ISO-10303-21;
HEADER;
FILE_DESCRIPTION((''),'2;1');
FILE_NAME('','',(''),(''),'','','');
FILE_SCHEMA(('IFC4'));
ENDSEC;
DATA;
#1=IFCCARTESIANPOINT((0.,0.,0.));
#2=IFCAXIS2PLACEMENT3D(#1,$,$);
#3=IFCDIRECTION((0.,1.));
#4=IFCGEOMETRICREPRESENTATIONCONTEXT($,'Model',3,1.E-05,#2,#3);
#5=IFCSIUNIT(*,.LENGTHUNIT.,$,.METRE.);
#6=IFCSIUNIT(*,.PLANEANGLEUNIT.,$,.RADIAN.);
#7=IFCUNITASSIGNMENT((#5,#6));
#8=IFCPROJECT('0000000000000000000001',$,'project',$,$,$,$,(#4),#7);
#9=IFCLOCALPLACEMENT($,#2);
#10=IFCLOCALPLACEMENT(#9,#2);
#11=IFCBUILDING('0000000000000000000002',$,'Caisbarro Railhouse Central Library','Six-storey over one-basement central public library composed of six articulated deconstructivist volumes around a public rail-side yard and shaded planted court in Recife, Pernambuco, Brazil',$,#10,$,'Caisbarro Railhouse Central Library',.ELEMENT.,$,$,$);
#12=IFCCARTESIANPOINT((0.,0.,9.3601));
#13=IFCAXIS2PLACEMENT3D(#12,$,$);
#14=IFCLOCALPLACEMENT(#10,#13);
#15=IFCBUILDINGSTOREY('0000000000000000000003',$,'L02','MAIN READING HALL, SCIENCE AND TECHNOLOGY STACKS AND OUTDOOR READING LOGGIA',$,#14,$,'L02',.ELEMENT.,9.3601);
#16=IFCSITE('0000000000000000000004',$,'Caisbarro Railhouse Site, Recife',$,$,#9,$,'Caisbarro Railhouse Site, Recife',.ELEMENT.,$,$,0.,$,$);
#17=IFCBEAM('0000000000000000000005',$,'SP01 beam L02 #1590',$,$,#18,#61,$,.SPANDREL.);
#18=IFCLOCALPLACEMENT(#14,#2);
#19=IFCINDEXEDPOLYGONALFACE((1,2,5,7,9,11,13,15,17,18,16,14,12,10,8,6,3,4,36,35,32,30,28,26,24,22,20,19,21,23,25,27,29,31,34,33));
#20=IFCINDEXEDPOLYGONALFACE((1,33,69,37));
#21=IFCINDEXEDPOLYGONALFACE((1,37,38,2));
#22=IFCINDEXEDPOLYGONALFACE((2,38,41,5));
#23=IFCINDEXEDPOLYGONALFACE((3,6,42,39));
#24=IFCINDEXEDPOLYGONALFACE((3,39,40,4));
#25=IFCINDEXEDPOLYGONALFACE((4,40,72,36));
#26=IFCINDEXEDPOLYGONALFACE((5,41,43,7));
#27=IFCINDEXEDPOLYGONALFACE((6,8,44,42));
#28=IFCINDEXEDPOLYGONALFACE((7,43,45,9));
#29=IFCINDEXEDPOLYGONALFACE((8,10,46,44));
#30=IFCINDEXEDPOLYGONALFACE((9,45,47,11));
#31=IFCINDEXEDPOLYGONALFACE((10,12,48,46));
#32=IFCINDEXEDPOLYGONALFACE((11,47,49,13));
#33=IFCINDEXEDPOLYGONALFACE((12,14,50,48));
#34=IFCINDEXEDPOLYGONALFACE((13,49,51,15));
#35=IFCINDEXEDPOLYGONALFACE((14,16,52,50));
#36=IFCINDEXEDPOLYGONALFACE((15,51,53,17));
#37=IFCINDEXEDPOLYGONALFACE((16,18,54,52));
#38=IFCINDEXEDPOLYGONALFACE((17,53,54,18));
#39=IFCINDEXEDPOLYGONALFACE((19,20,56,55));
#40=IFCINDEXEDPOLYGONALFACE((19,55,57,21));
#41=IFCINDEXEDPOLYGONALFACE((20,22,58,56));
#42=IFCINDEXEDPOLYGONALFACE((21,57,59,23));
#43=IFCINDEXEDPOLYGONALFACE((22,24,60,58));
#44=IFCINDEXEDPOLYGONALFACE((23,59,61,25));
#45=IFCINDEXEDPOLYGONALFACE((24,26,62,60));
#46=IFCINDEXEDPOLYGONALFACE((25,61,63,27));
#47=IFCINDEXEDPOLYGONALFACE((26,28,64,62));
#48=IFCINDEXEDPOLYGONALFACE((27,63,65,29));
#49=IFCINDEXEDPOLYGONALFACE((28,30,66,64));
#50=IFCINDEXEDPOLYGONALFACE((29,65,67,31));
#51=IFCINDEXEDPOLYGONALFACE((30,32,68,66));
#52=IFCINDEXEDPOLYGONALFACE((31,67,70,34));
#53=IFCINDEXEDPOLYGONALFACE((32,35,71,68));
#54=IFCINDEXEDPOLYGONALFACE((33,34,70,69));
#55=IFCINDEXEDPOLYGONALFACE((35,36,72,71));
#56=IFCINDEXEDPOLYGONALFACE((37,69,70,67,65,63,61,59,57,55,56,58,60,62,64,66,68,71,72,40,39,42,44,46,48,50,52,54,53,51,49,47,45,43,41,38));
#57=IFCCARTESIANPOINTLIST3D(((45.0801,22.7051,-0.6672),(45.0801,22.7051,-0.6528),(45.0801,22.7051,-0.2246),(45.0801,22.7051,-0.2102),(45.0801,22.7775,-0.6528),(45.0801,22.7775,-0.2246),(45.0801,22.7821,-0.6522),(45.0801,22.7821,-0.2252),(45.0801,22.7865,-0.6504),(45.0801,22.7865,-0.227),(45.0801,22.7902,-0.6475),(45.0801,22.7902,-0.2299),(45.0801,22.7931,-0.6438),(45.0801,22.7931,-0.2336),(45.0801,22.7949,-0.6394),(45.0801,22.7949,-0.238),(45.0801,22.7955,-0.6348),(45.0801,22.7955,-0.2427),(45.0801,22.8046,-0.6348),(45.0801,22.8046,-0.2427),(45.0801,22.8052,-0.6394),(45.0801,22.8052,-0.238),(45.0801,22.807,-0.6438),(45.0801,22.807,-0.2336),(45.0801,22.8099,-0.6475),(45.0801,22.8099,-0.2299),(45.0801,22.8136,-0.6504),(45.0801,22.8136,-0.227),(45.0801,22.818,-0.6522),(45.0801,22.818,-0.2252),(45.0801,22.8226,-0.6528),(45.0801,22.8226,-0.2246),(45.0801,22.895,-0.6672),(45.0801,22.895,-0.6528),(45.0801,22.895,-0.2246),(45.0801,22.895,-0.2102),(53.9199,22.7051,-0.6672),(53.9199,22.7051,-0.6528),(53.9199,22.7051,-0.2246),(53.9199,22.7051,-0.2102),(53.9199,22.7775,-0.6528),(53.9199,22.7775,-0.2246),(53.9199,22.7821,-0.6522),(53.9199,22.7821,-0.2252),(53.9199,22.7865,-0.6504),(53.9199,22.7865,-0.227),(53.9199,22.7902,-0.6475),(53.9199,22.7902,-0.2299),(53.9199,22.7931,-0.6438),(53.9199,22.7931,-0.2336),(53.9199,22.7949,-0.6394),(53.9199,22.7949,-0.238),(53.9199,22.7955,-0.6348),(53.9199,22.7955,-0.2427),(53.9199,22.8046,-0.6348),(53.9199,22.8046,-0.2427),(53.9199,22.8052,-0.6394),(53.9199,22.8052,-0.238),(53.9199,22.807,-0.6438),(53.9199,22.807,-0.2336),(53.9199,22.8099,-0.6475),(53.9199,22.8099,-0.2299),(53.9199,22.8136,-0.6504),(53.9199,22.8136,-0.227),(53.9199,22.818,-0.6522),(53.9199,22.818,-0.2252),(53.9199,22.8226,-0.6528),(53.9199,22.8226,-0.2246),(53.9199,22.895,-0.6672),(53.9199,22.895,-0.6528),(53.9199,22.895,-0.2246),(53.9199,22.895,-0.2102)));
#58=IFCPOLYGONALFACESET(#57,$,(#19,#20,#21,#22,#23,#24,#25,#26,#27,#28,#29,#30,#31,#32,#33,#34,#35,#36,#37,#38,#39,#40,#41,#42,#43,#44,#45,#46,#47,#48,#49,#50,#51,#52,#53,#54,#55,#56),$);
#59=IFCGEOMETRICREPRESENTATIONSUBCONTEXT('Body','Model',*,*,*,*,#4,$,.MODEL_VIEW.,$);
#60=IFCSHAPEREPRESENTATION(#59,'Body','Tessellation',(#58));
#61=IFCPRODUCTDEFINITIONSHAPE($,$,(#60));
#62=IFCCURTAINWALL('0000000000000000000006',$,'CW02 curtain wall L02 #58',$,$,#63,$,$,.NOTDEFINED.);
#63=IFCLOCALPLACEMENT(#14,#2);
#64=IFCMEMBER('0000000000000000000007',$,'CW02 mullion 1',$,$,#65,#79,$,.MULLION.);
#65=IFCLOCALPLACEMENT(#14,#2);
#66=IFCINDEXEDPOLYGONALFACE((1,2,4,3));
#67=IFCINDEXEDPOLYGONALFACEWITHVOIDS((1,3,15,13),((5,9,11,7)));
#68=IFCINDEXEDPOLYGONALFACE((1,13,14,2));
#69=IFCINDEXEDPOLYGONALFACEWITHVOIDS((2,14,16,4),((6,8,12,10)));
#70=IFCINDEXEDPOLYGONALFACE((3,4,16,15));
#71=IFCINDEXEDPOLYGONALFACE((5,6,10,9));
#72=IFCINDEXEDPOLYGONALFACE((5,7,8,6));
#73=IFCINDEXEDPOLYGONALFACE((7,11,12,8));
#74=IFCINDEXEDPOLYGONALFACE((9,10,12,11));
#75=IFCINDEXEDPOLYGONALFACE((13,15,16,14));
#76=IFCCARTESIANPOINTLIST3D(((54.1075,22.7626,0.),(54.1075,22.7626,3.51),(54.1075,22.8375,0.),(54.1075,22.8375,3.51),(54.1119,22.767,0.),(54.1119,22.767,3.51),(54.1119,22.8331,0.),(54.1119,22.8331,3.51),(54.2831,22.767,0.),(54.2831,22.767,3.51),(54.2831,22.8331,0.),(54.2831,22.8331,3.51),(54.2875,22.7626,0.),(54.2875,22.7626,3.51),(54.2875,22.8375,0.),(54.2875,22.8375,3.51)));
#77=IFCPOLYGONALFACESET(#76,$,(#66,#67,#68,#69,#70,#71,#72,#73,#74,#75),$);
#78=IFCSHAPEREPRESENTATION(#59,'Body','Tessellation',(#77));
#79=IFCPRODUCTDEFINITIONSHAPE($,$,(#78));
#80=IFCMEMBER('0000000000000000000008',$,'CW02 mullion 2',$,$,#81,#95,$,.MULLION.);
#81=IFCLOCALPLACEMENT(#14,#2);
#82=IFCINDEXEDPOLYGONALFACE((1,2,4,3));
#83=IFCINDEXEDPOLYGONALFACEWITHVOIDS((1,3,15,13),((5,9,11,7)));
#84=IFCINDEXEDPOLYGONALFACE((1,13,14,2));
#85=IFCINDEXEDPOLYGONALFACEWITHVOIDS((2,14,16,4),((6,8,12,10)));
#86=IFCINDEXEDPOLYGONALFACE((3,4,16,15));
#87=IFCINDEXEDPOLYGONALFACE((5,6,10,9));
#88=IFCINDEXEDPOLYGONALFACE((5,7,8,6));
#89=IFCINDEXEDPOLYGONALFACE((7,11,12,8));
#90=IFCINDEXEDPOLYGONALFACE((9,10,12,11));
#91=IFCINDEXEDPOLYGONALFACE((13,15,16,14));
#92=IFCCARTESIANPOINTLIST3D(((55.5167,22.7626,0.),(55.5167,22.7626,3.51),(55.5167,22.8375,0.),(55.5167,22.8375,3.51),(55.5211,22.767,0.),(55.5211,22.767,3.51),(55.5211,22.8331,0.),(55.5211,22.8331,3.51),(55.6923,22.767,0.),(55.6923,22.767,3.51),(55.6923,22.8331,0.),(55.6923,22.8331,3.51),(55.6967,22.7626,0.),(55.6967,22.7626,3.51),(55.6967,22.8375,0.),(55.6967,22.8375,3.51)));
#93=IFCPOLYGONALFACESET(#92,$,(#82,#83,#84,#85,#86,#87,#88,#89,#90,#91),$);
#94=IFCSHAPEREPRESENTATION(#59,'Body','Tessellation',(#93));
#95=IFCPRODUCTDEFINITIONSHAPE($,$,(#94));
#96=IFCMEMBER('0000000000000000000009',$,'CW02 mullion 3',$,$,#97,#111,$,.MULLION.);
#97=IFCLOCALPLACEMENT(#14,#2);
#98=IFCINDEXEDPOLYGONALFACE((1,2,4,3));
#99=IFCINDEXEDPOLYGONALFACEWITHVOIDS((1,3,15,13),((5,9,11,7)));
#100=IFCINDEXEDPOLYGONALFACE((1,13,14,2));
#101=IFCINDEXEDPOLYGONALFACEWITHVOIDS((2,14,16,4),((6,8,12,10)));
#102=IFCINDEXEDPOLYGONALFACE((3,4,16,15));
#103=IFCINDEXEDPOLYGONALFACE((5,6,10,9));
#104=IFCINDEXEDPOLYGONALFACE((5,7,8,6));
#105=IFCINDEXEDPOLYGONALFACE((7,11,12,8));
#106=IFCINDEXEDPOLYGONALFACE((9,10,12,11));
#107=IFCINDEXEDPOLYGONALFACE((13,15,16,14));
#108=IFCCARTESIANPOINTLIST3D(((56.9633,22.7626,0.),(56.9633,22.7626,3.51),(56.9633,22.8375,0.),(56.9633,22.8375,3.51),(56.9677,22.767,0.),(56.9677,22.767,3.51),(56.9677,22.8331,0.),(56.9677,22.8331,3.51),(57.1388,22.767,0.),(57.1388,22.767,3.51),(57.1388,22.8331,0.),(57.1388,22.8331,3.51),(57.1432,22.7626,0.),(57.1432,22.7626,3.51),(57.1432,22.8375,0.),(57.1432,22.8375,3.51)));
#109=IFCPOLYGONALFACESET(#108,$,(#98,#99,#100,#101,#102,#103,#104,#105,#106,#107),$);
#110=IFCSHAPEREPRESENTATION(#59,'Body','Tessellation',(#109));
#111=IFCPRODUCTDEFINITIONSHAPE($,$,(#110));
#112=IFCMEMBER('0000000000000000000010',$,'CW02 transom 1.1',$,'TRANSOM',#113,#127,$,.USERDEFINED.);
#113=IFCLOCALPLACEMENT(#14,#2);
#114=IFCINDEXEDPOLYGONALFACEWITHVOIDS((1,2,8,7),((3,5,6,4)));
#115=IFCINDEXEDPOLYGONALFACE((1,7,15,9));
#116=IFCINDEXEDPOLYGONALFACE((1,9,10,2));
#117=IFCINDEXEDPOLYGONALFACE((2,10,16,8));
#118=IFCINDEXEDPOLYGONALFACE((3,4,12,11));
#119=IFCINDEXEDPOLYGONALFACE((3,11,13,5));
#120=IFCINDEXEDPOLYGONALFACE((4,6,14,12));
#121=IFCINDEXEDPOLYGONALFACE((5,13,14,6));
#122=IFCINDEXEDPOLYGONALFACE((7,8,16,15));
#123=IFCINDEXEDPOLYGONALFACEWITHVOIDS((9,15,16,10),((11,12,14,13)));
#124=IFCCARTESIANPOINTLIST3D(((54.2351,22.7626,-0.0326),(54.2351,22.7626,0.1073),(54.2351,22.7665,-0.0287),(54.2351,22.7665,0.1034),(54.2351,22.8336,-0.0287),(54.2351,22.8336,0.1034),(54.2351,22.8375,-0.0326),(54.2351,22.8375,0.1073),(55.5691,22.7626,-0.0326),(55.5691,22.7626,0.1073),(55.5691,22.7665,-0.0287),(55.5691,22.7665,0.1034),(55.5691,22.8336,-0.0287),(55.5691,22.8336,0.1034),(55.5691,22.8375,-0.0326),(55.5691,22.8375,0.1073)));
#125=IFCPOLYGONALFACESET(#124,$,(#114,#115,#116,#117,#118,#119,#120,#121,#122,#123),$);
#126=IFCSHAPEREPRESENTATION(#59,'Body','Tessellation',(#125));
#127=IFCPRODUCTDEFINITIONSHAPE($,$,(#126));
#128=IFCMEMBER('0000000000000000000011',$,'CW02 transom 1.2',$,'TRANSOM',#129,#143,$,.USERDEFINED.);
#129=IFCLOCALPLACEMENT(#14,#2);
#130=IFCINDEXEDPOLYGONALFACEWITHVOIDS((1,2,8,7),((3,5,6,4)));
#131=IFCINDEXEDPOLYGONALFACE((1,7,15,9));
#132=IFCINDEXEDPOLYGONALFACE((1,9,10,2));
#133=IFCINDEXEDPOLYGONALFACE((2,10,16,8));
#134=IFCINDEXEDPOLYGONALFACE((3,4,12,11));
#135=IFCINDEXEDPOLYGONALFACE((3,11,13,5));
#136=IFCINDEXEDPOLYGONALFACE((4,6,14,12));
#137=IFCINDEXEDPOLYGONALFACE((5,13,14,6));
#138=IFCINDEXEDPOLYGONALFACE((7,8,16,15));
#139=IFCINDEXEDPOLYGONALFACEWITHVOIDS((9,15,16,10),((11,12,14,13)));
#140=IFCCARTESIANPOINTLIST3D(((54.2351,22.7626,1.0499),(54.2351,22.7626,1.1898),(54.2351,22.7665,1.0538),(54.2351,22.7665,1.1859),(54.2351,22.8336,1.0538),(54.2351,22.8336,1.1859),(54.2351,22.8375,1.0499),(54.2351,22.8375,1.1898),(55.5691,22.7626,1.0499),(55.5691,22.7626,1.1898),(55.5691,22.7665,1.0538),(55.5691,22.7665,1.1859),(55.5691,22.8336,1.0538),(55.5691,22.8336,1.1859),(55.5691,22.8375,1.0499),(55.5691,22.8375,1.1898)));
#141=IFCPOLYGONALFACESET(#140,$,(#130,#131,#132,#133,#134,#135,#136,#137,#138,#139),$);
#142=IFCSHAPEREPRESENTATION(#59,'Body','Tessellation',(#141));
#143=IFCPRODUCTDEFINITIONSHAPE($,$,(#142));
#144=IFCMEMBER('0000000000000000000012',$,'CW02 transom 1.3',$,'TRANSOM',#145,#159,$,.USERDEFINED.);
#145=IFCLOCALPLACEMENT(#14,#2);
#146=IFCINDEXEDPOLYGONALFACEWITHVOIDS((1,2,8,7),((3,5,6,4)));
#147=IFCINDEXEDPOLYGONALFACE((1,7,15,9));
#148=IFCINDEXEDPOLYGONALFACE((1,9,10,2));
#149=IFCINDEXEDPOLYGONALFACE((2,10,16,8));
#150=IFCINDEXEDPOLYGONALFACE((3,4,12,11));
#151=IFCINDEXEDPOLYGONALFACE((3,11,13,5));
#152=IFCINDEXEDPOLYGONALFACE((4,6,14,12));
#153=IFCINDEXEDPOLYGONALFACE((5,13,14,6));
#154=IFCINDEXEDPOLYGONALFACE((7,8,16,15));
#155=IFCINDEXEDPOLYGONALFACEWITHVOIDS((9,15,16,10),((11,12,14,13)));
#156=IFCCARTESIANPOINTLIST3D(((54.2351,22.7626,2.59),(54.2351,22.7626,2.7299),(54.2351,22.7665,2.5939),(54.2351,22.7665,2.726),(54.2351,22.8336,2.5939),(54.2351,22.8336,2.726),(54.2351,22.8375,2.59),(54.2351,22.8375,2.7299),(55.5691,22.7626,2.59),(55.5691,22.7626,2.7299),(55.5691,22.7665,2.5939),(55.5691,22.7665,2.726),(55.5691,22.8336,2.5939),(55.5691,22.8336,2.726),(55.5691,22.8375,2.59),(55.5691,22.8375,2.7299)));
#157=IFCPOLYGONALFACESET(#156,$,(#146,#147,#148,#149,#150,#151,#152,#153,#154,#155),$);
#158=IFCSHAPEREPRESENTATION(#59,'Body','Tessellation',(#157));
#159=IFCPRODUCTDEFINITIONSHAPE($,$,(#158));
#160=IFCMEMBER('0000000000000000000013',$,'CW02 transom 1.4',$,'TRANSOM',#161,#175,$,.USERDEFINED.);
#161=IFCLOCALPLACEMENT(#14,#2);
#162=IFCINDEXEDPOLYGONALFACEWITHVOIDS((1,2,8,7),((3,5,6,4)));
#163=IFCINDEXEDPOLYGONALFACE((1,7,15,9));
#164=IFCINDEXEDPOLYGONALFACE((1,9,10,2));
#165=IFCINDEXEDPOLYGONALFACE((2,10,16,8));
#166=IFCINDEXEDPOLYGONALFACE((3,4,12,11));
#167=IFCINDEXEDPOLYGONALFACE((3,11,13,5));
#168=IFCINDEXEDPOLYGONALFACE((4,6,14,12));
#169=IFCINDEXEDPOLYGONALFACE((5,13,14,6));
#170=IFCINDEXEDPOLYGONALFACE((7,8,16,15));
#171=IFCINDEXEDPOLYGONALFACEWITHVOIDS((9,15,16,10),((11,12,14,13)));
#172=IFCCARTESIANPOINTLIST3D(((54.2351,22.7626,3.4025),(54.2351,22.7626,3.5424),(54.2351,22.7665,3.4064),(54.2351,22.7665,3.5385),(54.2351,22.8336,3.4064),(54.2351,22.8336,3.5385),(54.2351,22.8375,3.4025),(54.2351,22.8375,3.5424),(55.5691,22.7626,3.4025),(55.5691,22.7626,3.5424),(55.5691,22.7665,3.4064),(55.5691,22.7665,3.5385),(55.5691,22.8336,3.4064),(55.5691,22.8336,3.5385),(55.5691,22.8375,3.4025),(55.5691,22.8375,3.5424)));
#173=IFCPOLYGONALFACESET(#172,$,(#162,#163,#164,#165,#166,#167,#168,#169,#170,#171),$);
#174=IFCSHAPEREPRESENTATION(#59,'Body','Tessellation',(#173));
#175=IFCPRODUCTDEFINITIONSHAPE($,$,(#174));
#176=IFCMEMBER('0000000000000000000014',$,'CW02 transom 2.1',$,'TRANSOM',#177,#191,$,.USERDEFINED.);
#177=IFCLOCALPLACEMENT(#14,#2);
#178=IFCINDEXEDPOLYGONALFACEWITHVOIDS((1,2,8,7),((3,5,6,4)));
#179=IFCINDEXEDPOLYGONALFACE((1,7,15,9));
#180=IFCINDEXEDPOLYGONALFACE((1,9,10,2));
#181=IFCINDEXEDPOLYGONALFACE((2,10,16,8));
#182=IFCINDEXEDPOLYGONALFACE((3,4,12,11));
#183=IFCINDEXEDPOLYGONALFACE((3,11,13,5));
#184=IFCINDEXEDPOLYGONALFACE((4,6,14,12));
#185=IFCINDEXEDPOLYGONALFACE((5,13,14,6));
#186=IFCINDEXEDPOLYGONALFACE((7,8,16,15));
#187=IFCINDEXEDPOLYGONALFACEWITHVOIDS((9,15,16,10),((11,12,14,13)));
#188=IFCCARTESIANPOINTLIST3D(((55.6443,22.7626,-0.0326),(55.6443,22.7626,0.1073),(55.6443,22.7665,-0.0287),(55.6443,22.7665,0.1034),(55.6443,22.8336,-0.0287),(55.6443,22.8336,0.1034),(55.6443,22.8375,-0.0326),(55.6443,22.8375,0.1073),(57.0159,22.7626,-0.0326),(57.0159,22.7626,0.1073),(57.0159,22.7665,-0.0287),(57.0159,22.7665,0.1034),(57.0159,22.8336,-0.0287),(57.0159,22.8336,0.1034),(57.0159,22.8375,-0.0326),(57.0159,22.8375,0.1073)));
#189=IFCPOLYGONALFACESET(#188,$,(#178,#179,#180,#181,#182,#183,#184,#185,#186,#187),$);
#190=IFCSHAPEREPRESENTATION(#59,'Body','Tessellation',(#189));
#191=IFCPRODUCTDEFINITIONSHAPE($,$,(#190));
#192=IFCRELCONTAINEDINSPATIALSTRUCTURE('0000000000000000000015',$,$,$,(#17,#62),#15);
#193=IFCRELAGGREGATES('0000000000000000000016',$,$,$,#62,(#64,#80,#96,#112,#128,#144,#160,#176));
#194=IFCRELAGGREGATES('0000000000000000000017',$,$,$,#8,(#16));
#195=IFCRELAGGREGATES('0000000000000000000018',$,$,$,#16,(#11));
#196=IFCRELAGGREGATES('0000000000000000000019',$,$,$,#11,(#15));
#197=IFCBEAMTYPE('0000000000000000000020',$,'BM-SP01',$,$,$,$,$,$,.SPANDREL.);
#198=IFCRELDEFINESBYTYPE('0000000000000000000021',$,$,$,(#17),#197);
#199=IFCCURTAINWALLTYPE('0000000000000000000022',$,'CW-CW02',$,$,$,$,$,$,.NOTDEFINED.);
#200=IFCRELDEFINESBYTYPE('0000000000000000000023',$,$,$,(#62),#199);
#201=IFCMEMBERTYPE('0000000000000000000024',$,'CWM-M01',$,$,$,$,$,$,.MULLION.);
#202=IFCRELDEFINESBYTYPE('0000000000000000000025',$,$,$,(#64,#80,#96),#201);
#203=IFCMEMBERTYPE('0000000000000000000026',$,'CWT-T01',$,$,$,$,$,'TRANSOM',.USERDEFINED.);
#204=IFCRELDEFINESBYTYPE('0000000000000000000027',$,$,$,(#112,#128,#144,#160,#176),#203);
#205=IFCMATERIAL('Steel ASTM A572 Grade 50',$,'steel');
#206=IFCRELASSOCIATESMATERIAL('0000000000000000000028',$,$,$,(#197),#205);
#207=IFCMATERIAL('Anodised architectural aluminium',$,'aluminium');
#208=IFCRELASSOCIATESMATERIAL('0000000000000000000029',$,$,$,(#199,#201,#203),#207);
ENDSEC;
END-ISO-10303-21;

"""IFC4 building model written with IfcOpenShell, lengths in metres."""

from ifc_helpers import new_model, si_unit, direction, frame, origin, origin_2d, place, context, subcontext, project, spatial, hollow_rectangle, i_section, extrude, material, material_profile, profile_set, type_object, element, aggregate, save


model = new_model("IFC4")

# Units and contexts
model_context = context("Model", 3, precision=1e-05, world=origin(), true_north=direction((0.0, 1.0)))
body_context = subcontext(model_context, "Body", "Model", "MODEL_VIEW")
ifc_project = project(units=[si_unit("LENGTHUNIT", "METRE"), si_unit("PLANEANGLEUNIT", "RADIAN")], contexts=[model_context])

# Site, building, storey
site_placement = place(None, origin())
site = spatial("IfcSite", under=ifc_project, at=site_placement, Name="Caisbarro Railhouse Site, Recife", LongName="Caisbarro Railhouse Site, Recife", CompositionType="ELEMENT", RefElevation=0.0)
building_placement = place(site_placement, origin())
building = spatial("IfcBuilding", under=site, at=building_placement, Name="Caisbarro Railhouse Central Library", Description="Six-storey over one-basement central public library composed of six articulated deconstructivist volumes around a public rail-side yard and shaded planted court in Recife, Pernambuco, Brazil", LongName="Caisbarro Railhouse Central Library", CompositionType="ELEMENT")
storey_placement = place(building_placement, frame((0.0, 0.0, 9.3601)))
storey = spatial("IfcBuildingStorey", under=building, at=storey_placement, Name="L02", Description="MAIN READING HALL, SCIENCE AND TECHNOLOGY STACKS AND OUTDOOR READING LOGGIA", LongName="L02", CompositionType="ELEMENT", Elevation=9.3601)

# Shared definitions
ifc_material_1 = material(Name="Steel ASTM A572 Grade 50", Category="steel")

# Beam
ifc_material_profile_1 = material_profile(ifc_material_1, i_section(OverallWidth=0.1899, OverallDepth=0.457, WebThickness=0.009, FlangeThickness=0.0144, FilletRadius=0.0181, at=origin_2d()), Name="W460X74.0")
ifc_profile_set_1 = profile_set([ifc_material_profile_1], Name="Steel ASTM A572 Grade 50")
beam_type_1 = type_object("IfcBeamType", Name="BM-SP01", PredefinedType="SPANDREL", material=ifc_profile_set_1)
for number, where, z_axis, x_axis, name in (
    (1, (45.0801, 22.8, -0.4387), (1.0, 0.0, 0.0), (0.0, 1.0, 0.0), "SP01 beam L02 #1590"),
):
    element("IfcBeam", number, at=place(storey_placement, frame(where, z_axis=z_axis, x_axis=x_axis)), inside=storey, type_object=beam_type_1, Name=name, PredefinedType="SPANDREL", context=body_context, shape_type="SweptSolid", body=[
        extrude(i_section(OverallWidth=0.1899, OverallDepth=0.457, WebThickness=0.009, FlangeThickness=0.0144, FilletRadius=0.0181, at=origin_2d()), origin(), (0.0, 0.0, 1.0), 8.8398),
    ])

# Curtain wall, members
ifc_material_2 = material(Name="Anodised architectural aluminium", Category="aluminium")
curtain_wall_type = type_object("IfcCurtainWallType", Name="CW-CW02", PredefinedType="NOTDEFINED", material=ifc_material_2)
curtain_wall_placement = place(storey_placement, origin())
curtain_wall = element("IfcCurtainWall", 2, at=curtain_wall_placement, inside=storey, type_object=curtain_wall_type, Name="CW02 curtain wall L02 #58", PredefinedType="NOTDEFINED")
ifc_material_profile_2 = material_profile(ifc_material_2, hollow_rectangle(XDim=0.075, YDim=0.1799, WallThickness=0.0044, at=origin_2d()), Name="ALU-MUL-75X180")
ifc_profile_set_2 = profile_set([ifc_material_profile_2], Name="Anodised architectural aluminium")
member_type_1 = type_object("IfcMemberType", Name="CWM-M01", PredefinedType="MULLION", material=ifc_profile_set_2)
member_1_placement = place(storey_placement, frame((54.1975, 22.8, 0.0), z_axis=(0.0, 0.0, 1.0), x_axis=(0.0, 1.0, 0.0)))
member_1 = element("IfcMember", 3, at=member_1_placement, type_object=member_type_1, Name="CW02 mullion 1", PredefinedType="MULLION", context=body_context, shape_type="SweptSolid", body=[
    extrude(hollow_rectangle(XDim=0.075, YDim=0.1799, WallThickness=0.0044, at=origin_2d()), origin(), (0.0, 0.0, 1.0), 3.51),
])
member_2_placement = place(storey_placement, frame((55.6067, 22.8, 0.0), z_axis=(0.0, 0.0, 1.0), x_axis=(0.0, 1.0, 0.0)))
member_2 = element("IfcMember", 4, at=member_2_placement, type_object=member_type_1, Name="CW02 mullion 2", PredefinedType="MULLION", context=body_context, shape_type="SweptSolid", body=[
    extrude(hollow_rectangle(XDim=0.075, YDim=0.1799, WallThickness=0.0044, at=origin_2d()), origin(), (0.0, 0.0, 1.0), 3.51),
])
member_3_placement = place(storey_placement, frame((57.0532, 22.8, 0.0), z_axis=(0.0, 0.0, 1.0), x_axis=(0.0, 1.0, 0.0)))
member_3 = element("IfcMember", 5, at=member_3_placement, type_object=member_type_1, Name="CW02 mullion 3", PredefinedType="MULLION", context=body_context, shape_type="SweptSolid", body=[
    extrude(hollow_rectangle(XDim=0.075, YDim=0.1799, WallThickness=0.0044, at=origin_2d()), origin(), (0.0, 0.0, 1.0), 3.51),
])
ifc_material_profile_3 = material_profile(ifc_material_2, hollow_rectangle(XDim=0.075, YDim=0.1399, WallThickness=0.0039, at=origin_2d()), Name="ALU-TRN-75X140")
ifc_profile_set_3 = profile_set([ifc_material_profile_3], Name="Anodised architectural aluminium")
member_type_2 = type_object("IfcMemberType", Name="CWT-T01", ElementType="TRANSOM", PredefinedType="USERDEFINED", material=ifc_profile_set_3)
member_4_placement = place(storey_placement, frame((54.2351, 22.8, 0.0374), z_axis=(1.0, 0.0, 0.0), x_axis=(0.0, 1.0, 0.0)))
member_4 = element("IfcMember", 6, at=member_4_placement, type_object=member_type_2, Name="CW02 transom 1.1", ObjectType="TRANSOM", PredefinedType="USERDEFINED", context=body_context, shape_type="SweptSolid", body=[
    extrude(hollow_rectangle(XDim=0.075, YDim=0.1399, WallThickness=0.0039, at=origin_2d()), origin(), (0.0, 0.0, 1.0), 1.334),
])
member_5_placement = place(storey_placement, frame((54.2351, 22.8, 1.1199), z_axis=(1.0, 0.0, 0.0), x_axis=(0.0, 1.0, 0.0)))
member_5 = element("IfcMember", 7, at=member_5_placement, type_object=member_type_2, Name="CW02 transom 1.2", ObjectType="TRANSOM", PredefinedType="USERDEFINED", context=body_context, shape_type="SweptSolid", body=[
    extrude(hollow_rectangle(XDim=0.075, YDim=0.1399, WallThickness=0.0039, at=origin_2d()), origin(), (0.0, 0.0, 1.0), 1.334),
])
member_6_placement = place(storey_placement, frame((54.2351, 22.8, 2.6599), z_axis=(1.0, 0.0, 0.0), x_axis=(0.0, 1.0, 0.0)))
member_6 = element("IfcMember", 8, at=member_6_placement, type_object=member_type_2, Name="CW02 transom 1.3", ObjectType="TRANSOM", PredefinedType="USERDEFINED", context=body_context, shape_type="SweptSolid", body=[
    extrude(hollow_rectangle(XDim=0.075, YDim=0.1399, WallThickness=0.0039, at=origin_2d()), origin(), (0.0, 0.0, 1.0), 1.334),
])
member_7_placement = place(storey_placement, frame((54.2351, 22.8, 3.4724), z_axis=(1.0, 0.0, 0.0), x_axis=(0.0, 1.0, 0.0)))
member_7 = element("IfcMember", 9, at=member_7_placement, type_object=member_type_2, Name="CW02 transom 1.4", ObjectType="TRANSOM", PredefinedType="USERDEFINED", context=body_context, shape_type="SweptSolid", body=[
    extrude(hollow_rectangle(XDim=0.075, YDim=0.1399, WallThickness=0.0039, at=origin_2d()), origin(), (0.0, 0.0, 1.0), 1.334),
])
member_8_placement = place(storey_placement, frame((55.6443, 22.8, 0.0374), z_axis=(1.0, 0.0, 0.0), x_axis=(0.0, 1.0, 0.0)))
member_8 = element("IfcMember", 10, at=member_8_placement, type_object=member_type_2, Name="CW02 transom 2.1", ObjectType="TRANSOM", PredefinedType="USERDEFINED", context=body_context, shape_type="SweptSolid", body=[
    extrude(hollow_rectangle(XDim=0.075, YDim=0.1399, WallThickness=0.0039, at=origin_2d()), origin(), (0.0, 0.0, 1.0), 1.3716),
])
aggregate(curtain_wall, [member_1, member_2, member_3, member_4, member_5, member_6, member_7, member_8])

save(model, "model.ifc")
